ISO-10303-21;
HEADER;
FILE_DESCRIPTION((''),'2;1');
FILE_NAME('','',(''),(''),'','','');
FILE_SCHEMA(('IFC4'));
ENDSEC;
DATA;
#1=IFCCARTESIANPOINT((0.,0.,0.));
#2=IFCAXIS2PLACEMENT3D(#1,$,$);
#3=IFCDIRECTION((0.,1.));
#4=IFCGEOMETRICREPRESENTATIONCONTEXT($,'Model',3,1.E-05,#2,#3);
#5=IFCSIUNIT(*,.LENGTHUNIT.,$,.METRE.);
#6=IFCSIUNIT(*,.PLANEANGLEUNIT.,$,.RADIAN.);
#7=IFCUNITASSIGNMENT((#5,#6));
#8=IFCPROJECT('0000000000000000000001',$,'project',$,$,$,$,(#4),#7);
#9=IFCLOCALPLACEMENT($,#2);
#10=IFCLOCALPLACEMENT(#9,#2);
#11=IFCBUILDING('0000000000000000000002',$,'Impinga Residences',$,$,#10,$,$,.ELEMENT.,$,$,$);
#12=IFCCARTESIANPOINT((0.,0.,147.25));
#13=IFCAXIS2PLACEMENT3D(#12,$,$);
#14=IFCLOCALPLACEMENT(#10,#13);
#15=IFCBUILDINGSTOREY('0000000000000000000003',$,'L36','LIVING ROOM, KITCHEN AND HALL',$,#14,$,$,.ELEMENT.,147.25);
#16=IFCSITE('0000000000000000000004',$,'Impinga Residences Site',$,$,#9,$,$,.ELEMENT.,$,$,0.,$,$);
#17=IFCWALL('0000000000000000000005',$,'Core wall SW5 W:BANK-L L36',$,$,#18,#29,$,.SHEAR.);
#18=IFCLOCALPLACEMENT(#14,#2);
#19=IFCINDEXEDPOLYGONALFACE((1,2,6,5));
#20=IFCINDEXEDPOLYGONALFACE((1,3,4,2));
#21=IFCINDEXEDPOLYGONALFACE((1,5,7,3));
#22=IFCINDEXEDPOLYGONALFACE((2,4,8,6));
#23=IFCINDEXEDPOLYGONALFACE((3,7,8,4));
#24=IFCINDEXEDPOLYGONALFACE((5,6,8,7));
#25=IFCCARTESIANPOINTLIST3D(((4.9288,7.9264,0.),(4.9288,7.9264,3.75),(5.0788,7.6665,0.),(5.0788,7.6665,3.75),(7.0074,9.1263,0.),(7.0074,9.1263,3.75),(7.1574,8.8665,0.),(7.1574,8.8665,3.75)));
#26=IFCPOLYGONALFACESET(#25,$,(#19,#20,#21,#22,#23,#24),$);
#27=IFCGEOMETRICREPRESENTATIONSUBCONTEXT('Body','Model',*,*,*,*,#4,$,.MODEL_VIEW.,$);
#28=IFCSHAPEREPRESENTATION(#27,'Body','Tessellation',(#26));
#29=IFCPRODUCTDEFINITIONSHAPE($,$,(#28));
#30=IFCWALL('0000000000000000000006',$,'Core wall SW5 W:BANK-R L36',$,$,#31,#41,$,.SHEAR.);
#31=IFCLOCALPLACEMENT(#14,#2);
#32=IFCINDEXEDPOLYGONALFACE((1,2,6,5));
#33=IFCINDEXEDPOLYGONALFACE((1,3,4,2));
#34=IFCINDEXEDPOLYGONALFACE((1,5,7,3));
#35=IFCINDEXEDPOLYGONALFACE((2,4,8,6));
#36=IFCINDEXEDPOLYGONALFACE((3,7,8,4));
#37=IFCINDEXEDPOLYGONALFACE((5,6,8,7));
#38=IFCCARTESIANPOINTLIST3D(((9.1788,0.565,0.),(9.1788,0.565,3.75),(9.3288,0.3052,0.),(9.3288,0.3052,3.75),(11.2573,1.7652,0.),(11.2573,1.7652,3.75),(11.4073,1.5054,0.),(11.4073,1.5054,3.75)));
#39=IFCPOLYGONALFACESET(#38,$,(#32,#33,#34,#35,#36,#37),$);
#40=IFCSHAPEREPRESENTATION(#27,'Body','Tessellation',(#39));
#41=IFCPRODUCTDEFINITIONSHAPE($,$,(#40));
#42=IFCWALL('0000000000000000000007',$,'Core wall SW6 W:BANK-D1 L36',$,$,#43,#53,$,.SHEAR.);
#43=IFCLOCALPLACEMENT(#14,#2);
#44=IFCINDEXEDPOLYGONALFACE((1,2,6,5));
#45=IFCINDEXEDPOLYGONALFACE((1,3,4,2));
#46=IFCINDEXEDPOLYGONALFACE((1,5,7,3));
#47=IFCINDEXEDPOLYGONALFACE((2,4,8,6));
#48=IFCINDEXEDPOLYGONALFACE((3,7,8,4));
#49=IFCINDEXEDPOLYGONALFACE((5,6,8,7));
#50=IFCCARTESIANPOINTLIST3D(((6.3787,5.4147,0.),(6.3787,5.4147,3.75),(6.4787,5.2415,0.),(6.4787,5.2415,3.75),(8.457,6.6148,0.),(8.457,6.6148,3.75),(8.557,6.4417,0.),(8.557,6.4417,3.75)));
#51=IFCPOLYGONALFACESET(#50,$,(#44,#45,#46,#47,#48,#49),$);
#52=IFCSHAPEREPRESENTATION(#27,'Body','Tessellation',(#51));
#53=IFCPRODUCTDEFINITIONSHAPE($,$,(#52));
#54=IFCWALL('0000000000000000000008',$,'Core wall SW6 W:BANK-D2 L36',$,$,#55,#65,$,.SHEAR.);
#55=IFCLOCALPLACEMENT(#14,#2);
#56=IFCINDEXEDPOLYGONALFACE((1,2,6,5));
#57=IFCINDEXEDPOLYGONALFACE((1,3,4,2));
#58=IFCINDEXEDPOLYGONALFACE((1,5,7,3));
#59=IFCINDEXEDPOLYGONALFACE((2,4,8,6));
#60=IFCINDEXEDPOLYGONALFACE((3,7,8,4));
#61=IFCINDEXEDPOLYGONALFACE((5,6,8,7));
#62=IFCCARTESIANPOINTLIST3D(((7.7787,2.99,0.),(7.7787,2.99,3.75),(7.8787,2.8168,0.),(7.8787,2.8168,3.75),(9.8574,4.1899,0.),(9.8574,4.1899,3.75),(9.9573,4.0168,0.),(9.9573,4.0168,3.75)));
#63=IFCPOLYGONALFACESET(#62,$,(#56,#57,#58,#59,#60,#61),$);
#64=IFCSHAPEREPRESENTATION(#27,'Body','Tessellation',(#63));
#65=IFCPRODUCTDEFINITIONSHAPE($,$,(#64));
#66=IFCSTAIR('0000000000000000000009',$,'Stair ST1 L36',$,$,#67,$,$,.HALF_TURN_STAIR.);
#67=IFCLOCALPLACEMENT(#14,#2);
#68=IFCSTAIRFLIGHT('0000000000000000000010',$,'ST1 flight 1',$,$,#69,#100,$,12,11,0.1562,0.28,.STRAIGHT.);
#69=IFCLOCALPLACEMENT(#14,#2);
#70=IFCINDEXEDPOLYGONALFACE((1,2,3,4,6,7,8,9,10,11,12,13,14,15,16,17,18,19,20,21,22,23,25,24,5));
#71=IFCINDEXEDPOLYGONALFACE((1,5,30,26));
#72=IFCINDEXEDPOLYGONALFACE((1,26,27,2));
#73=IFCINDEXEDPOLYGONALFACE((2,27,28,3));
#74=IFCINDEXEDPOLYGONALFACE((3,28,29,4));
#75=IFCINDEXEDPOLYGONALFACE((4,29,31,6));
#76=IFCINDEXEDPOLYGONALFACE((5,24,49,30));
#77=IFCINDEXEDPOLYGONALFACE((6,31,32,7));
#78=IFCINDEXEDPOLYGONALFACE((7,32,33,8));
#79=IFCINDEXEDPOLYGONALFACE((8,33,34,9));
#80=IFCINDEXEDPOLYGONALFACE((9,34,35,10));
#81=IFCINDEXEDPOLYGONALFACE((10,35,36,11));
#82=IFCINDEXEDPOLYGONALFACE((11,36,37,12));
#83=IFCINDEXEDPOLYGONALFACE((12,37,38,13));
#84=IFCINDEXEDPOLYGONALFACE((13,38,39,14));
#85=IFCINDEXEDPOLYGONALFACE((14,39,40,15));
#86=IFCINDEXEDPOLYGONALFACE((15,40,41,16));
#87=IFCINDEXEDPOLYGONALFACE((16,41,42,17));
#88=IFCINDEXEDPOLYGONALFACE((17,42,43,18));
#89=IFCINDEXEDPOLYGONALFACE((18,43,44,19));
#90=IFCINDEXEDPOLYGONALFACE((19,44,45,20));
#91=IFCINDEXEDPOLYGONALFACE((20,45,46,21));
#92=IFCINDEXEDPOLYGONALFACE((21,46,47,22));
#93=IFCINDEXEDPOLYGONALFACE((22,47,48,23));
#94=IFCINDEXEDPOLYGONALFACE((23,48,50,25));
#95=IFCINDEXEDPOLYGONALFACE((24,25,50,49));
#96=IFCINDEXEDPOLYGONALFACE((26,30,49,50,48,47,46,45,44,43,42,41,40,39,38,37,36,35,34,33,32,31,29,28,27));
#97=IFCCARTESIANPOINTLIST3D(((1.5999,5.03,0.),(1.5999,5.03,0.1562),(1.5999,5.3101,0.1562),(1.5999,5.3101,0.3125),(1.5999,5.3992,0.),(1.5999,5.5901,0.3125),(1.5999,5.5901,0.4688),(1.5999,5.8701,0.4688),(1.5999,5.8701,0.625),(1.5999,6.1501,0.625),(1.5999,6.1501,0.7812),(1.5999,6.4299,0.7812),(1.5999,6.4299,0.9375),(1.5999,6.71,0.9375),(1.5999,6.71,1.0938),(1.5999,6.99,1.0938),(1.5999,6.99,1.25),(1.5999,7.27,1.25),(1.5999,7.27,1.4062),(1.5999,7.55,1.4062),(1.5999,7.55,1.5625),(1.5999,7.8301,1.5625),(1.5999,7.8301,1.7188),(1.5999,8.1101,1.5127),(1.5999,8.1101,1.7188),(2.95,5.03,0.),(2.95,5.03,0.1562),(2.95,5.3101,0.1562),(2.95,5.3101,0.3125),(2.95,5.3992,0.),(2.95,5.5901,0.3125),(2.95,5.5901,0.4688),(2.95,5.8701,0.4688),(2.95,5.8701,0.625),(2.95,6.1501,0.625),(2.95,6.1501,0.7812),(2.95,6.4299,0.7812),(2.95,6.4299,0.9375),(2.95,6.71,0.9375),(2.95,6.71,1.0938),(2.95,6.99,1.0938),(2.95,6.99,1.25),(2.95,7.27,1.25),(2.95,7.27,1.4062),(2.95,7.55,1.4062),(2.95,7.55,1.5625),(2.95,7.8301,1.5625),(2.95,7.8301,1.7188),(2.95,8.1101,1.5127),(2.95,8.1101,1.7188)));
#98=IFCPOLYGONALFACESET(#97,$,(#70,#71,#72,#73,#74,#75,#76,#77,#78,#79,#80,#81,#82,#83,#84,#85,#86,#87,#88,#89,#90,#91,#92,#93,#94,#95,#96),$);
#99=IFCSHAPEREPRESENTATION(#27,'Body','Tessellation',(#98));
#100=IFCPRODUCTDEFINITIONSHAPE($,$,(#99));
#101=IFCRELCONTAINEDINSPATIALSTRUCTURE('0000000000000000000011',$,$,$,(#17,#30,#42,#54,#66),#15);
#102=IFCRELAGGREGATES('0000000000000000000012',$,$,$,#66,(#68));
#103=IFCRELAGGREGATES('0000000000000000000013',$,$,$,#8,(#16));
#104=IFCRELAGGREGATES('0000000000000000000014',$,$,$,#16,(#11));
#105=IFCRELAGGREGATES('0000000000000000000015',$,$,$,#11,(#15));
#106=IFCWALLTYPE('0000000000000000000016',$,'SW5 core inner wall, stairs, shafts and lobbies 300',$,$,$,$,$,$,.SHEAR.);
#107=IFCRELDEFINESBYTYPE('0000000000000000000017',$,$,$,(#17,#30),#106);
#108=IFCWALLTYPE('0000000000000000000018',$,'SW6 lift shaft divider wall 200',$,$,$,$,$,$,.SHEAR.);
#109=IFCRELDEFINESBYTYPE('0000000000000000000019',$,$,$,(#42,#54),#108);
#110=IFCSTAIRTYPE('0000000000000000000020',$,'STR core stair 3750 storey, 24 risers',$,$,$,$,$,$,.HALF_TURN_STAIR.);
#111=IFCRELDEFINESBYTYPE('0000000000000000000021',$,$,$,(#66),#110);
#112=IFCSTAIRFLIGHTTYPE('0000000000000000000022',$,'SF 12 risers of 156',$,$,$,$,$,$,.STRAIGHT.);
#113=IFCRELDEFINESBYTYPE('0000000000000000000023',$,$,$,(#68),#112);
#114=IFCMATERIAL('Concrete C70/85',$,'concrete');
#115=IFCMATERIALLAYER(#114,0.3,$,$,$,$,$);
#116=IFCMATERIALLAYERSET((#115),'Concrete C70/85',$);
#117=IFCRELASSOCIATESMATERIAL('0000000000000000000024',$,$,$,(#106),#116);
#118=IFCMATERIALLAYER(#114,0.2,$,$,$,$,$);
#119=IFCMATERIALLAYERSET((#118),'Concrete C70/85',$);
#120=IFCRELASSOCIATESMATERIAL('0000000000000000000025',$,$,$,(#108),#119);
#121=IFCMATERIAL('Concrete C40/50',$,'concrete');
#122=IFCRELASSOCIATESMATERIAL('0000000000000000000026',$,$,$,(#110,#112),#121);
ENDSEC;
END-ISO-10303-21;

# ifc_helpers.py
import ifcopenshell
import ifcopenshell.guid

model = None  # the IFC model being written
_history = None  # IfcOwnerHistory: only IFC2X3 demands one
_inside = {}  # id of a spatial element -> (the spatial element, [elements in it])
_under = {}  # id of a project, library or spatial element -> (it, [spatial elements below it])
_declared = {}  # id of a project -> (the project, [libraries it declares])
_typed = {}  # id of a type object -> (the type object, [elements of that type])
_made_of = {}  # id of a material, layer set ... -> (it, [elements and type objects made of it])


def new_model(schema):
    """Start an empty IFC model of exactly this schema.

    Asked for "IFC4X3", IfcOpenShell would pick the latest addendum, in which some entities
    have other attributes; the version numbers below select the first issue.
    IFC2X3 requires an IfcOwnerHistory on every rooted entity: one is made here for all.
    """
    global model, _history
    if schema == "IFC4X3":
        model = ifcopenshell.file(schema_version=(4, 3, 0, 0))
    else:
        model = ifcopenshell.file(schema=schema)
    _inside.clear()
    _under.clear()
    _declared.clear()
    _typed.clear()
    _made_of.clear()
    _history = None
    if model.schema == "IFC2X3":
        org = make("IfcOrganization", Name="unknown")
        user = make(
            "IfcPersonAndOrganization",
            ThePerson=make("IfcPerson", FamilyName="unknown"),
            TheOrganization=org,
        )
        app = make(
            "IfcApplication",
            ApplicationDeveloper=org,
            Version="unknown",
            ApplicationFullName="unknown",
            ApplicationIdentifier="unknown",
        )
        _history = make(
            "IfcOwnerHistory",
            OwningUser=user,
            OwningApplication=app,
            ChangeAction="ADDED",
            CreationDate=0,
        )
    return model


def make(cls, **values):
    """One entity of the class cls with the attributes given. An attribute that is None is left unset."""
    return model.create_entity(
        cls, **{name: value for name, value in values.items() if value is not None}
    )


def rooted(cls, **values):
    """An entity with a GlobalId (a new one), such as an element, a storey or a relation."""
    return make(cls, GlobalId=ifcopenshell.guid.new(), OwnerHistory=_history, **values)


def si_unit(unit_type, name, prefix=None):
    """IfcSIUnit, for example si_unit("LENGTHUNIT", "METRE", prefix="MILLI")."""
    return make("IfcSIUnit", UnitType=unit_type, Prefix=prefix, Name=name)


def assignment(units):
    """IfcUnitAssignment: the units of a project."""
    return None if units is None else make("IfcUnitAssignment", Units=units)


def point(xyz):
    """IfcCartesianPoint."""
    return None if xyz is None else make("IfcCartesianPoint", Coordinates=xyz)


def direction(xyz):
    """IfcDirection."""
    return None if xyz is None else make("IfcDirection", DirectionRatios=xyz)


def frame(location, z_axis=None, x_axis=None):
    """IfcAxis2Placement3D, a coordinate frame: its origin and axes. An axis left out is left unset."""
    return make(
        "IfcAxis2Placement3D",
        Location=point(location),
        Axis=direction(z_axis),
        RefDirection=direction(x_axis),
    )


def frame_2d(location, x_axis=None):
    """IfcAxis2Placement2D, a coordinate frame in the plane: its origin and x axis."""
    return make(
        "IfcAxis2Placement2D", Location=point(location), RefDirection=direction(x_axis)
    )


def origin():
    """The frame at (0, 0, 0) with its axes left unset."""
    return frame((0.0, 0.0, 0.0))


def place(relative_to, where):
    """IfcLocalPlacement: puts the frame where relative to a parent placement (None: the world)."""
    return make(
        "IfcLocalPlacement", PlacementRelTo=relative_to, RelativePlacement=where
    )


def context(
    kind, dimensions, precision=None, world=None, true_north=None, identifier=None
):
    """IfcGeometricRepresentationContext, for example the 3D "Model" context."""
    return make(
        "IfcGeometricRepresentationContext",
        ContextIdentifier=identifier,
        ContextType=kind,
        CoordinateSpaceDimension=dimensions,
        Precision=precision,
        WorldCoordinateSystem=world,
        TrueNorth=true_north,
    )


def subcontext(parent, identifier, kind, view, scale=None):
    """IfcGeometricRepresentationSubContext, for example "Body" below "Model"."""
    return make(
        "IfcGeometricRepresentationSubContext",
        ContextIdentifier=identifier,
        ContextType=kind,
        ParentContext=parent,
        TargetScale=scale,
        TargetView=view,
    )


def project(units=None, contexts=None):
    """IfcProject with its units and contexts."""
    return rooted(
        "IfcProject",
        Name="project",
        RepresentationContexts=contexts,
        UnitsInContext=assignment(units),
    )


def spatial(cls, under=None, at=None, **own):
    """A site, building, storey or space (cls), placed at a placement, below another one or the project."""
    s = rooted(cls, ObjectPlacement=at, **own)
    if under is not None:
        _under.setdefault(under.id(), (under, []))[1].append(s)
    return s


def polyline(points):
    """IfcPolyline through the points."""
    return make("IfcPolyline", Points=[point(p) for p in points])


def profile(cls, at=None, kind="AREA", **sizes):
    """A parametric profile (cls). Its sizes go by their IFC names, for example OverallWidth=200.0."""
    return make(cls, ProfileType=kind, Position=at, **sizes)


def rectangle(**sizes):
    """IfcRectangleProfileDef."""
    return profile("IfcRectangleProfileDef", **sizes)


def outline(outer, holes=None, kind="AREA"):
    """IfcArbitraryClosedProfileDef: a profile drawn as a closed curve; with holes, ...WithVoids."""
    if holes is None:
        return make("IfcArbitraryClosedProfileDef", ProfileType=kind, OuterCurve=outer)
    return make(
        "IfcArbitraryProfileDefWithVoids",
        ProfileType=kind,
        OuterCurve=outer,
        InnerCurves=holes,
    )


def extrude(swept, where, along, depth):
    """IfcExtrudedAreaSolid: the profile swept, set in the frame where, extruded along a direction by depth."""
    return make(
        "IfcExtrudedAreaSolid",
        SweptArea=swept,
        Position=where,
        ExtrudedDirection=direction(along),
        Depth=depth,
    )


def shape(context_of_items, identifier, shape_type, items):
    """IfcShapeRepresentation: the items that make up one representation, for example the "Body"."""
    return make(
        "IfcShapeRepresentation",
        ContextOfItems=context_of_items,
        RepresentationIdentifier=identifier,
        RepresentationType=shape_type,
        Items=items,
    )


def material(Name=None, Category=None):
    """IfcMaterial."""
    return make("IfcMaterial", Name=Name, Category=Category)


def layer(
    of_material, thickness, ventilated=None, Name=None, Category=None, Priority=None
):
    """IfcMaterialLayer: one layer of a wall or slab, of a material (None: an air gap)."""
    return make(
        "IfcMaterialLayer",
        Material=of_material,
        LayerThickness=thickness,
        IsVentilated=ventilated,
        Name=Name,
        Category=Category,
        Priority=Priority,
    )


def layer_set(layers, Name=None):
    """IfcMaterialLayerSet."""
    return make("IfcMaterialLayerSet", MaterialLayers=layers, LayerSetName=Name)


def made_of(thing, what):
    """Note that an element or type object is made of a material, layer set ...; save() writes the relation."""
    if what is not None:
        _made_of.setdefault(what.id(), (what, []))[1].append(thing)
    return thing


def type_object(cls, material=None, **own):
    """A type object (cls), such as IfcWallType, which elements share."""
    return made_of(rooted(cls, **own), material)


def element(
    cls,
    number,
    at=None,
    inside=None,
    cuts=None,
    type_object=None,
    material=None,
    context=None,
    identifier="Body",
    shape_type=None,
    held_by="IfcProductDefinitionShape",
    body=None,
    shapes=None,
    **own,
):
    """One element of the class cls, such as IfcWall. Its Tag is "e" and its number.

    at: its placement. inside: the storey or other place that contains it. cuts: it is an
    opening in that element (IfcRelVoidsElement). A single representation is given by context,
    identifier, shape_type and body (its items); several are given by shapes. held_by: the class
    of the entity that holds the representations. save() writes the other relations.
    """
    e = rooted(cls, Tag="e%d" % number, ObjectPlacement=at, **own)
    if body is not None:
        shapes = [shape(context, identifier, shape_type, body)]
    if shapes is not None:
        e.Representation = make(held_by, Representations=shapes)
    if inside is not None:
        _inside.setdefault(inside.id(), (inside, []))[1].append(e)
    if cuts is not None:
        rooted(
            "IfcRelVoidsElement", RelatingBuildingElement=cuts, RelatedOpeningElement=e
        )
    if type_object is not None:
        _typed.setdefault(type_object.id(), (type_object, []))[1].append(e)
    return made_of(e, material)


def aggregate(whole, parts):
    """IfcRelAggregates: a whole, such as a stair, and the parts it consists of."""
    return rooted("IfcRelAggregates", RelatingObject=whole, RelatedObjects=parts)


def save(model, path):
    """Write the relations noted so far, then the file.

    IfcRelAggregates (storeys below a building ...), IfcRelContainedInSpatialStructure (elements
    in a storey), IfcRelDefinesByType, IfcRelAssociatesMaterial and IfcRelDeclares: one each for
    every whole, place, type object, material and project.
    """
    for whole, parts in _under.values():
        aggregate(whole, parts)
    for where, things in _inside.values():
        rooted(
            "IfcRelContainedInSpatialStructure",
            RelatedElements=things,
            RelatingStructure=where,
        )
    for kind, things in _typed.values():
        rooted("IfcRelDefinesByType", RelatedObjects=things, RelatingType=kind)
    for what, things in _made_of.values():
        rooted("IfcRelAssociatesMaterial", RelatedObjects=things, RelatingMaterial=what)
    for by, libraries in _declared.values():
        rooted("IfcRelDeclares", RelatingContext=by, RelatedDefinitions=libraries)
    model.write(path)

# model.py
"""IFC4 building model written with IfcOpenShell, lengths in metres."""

from ifc_helpers import new_model, si_unit, direction, frame, frame_2d, origin, place, context, subcontext, project, spatial, polyline, rectangle, outline, extrude, material, layer, layer_set, type_object, element, aggregate, save


model = new_model("IFC4")

# Units and contexts
model_context = context("Model", 3, precision=1e-05, world=origin(), true_north=direction((0.0, 1.0)))
body_context = subcontext(model_context, "Body", "Model", "MODEL_VIEW")
ifc_project = project(units=[si_unit("LENGTHUNIT", "METRE"), si_unit("PLANEANGLEUNIT", "RADIAN")], contexts=[model_context])

# Site, building, storey
site_placement = place(None, origin())
site = spatial("IfcSite", under=ifc_project, at=site_placement, Name="Impinga Residences Site", CompositionType="ELEMENT", RefElevation=0.0)
building_placement = place(site_placement, origin())
building = spatial("IfcBuilding", under=site, at=building_placement, Name="Impinga Residences", CompositionType="ELEMENT")
storey_placement = place(building_placement, frame((0.0, 0.0, 147.25)))
storey = spatial("IfcBuildingStorey", under=building, at=storey_placement, Name="L36", Description="LIVING ROOM, KITCHEN AND HALL", CompositionType="ELEMENT", Elevation=147.25)

# Shared definitions
ifc_material_1 = material(Name="Concrete C70/85", Category="concrete")
ifc_layer_1 = layer(ifc_material_1, 0.3)
ifc_layer_set_1 = layer_set([ifc_layer_1], Name="Concrete C70/85")
wall_type_1 = type_object("IfcWallType", Name="SW5 core inner wall, stairs, shafts and lobbies 300", PredefinedType="SHEAR", material=ifc_layer_set_1)

# Walls
for number, where, z_axis, x_axis, name in (
    (1, (5.0037, 7.7964, 0.0), (0.0, 0.0, 1.0), (0.86605, 0.499957, 0.0), "Core wall SW5 W:BANK-L L36"),
    (2, (9.2537, 0.4351, 0.0), (0.0, 0.0, 1.0), (0.866006, 0.500034, 0.0), "Core wall SW5 W:BANK-R L36"),
):
    element("IfcWall", number, at=place(storey_placement, frame(where, z_axis=z_axis, x_axis=x_axis)), inside=storey, type_object=wall_type_1, Name=name, PredefinedType="SHEAR", context=body_context, shape_type="SweptSolid", body=[
        extrude(rectangle(XDim=2.4001, YDim=0.3, at=frame_2d((1.2002, 0.0))), origin(), (0.0, 0.0, 1.0), 3.75),
    ])
ifc_layer_2 = layer(ifc_material_1, 0.2)
ifc_layer_set_2 = layer_set([ifc_layer_2], Name="Concrete C70/85")
wall_type_2 = type_object("IfcWallType", Name="SW6 lift shaft divider wall 200", PredefinedType="SHEAR", material=ifc_layer_set_2)
wall_1_placement = place(storey_placement, frame((6.4287, 5.3281, 0.0), z_axis=(0.0, 0.0, 1.0), x_axis=(0.865981, 0.500078, 0.0)))
element("IfcWall", 3, at=wall_1_placement, inside=storey, type_object=wall_type_2, Name="Core wall SW6 W:BANK-D1 L36", PredefinedType="SHEAR", context=body_context, shape_type="SweptSolid", body=[
    extrude(rectangle(XDim=2.3999, YDim=0.2, at=frame_2d((1.2, 0.0))), origin(), (0.0, 0.0, 1.0), 3.75),
])
wall_2_placement = place(storey_placement, frame((7.8286, 2.9033, 0.0), z_axis=(0.0, 0.0, 1.0), x_axis=(0.86605, 0.499957, 0.0)))
element("IfcWall", 4, at=wall_2_placement, inside=storey, type_object=wall_type_2, Name="Core wall SW6 W:BANK-D2 L36", PredefinedType="SHEAR", context=body_context, shape_type="SweptSolid", body=[
    extrude(rectangle(XDim=2.4001, YDim=0.2, at=frame_2d((1.2002, 0.0))), origin(), (0.0, 0.0, 1.0), 3.75),
])

# Stair, stair flight
ifc_material_2 = material(Name="Concrete C40/50", Category="concrete")
stair_type = type_object("IfcStairType", Name="STR core stair 3750 storey, 24 risers", PredefinedType="HALF_TURN_STAIR", material=ifc_material_2)
stair_placement = place(storey_placement, origin())
stair = element("IfcStair", 5, at=stair_placement, inside=storey, type_object=stair_type, Name="Stair ST1 L36", PredefinedType="HALF_TURN_STAIR")
stair_flight_type = type_object("IfcStairFlightType", Name="SF 12 risers of 156", PredefinedType="STRAIGHT", material=ifc_material_2)
stair_flight_placement = place(storey_placement, frame((2.2749, 5.03, 0.0), z_axis=(0.0, 0.0, 1.0), x_axis=(0.0, 1.0, 0.0)))
stair_flight = element("IfcStairFlight", 6, at=stair_flight_placement, type_object=stair_flight_type, Name="ST1 flight 1", NumberOfRisers=12, NumberOfTreads=11, PredefinedType="STRAIGHT", RiserHeight=0.1562, TreadLength=0.28, context=body_context, shape_type="SweptSolid", body=[
    extrude(outline(polyline([(0.0, 0.0), (0.0, 0.1562), (0.28, 0.1562), (0.28, 0.3125), (0.5601, 0.3125), (0.5601, 0.4688), (0.8401, 0.4688), (0.8401, 0.625), (1.1201, 0.625), (1.1201, 0.7812), (1.3999, 0.7812), (1.3999, 0.9375), (1.6799, 0.9375), (1.6799, 1.0938), (1.96, 1.0938), (1.96, 1.25), (2.24, 1.25), (2.24, 1.4062), (2.52, 1.4062), (2.52, 1.5625), (2.8, 1.5625), (2.8, 1.7188), (3.0801, 1.7188), (3.0801, 1.875), (3.0801, 1.5127), (0.3691, 0.0), (0.0, 0.0)])), frame((0.0, 0.675, 0.0), z_axis=(0.0, -1.0, 0.0), x_axis=(1.0, 0.0, 0.0)), (0.0, 0.0, 1.0), 1.3501),
])
aggregate(stair, [stair_flight])

save(model, "model.ifc")
